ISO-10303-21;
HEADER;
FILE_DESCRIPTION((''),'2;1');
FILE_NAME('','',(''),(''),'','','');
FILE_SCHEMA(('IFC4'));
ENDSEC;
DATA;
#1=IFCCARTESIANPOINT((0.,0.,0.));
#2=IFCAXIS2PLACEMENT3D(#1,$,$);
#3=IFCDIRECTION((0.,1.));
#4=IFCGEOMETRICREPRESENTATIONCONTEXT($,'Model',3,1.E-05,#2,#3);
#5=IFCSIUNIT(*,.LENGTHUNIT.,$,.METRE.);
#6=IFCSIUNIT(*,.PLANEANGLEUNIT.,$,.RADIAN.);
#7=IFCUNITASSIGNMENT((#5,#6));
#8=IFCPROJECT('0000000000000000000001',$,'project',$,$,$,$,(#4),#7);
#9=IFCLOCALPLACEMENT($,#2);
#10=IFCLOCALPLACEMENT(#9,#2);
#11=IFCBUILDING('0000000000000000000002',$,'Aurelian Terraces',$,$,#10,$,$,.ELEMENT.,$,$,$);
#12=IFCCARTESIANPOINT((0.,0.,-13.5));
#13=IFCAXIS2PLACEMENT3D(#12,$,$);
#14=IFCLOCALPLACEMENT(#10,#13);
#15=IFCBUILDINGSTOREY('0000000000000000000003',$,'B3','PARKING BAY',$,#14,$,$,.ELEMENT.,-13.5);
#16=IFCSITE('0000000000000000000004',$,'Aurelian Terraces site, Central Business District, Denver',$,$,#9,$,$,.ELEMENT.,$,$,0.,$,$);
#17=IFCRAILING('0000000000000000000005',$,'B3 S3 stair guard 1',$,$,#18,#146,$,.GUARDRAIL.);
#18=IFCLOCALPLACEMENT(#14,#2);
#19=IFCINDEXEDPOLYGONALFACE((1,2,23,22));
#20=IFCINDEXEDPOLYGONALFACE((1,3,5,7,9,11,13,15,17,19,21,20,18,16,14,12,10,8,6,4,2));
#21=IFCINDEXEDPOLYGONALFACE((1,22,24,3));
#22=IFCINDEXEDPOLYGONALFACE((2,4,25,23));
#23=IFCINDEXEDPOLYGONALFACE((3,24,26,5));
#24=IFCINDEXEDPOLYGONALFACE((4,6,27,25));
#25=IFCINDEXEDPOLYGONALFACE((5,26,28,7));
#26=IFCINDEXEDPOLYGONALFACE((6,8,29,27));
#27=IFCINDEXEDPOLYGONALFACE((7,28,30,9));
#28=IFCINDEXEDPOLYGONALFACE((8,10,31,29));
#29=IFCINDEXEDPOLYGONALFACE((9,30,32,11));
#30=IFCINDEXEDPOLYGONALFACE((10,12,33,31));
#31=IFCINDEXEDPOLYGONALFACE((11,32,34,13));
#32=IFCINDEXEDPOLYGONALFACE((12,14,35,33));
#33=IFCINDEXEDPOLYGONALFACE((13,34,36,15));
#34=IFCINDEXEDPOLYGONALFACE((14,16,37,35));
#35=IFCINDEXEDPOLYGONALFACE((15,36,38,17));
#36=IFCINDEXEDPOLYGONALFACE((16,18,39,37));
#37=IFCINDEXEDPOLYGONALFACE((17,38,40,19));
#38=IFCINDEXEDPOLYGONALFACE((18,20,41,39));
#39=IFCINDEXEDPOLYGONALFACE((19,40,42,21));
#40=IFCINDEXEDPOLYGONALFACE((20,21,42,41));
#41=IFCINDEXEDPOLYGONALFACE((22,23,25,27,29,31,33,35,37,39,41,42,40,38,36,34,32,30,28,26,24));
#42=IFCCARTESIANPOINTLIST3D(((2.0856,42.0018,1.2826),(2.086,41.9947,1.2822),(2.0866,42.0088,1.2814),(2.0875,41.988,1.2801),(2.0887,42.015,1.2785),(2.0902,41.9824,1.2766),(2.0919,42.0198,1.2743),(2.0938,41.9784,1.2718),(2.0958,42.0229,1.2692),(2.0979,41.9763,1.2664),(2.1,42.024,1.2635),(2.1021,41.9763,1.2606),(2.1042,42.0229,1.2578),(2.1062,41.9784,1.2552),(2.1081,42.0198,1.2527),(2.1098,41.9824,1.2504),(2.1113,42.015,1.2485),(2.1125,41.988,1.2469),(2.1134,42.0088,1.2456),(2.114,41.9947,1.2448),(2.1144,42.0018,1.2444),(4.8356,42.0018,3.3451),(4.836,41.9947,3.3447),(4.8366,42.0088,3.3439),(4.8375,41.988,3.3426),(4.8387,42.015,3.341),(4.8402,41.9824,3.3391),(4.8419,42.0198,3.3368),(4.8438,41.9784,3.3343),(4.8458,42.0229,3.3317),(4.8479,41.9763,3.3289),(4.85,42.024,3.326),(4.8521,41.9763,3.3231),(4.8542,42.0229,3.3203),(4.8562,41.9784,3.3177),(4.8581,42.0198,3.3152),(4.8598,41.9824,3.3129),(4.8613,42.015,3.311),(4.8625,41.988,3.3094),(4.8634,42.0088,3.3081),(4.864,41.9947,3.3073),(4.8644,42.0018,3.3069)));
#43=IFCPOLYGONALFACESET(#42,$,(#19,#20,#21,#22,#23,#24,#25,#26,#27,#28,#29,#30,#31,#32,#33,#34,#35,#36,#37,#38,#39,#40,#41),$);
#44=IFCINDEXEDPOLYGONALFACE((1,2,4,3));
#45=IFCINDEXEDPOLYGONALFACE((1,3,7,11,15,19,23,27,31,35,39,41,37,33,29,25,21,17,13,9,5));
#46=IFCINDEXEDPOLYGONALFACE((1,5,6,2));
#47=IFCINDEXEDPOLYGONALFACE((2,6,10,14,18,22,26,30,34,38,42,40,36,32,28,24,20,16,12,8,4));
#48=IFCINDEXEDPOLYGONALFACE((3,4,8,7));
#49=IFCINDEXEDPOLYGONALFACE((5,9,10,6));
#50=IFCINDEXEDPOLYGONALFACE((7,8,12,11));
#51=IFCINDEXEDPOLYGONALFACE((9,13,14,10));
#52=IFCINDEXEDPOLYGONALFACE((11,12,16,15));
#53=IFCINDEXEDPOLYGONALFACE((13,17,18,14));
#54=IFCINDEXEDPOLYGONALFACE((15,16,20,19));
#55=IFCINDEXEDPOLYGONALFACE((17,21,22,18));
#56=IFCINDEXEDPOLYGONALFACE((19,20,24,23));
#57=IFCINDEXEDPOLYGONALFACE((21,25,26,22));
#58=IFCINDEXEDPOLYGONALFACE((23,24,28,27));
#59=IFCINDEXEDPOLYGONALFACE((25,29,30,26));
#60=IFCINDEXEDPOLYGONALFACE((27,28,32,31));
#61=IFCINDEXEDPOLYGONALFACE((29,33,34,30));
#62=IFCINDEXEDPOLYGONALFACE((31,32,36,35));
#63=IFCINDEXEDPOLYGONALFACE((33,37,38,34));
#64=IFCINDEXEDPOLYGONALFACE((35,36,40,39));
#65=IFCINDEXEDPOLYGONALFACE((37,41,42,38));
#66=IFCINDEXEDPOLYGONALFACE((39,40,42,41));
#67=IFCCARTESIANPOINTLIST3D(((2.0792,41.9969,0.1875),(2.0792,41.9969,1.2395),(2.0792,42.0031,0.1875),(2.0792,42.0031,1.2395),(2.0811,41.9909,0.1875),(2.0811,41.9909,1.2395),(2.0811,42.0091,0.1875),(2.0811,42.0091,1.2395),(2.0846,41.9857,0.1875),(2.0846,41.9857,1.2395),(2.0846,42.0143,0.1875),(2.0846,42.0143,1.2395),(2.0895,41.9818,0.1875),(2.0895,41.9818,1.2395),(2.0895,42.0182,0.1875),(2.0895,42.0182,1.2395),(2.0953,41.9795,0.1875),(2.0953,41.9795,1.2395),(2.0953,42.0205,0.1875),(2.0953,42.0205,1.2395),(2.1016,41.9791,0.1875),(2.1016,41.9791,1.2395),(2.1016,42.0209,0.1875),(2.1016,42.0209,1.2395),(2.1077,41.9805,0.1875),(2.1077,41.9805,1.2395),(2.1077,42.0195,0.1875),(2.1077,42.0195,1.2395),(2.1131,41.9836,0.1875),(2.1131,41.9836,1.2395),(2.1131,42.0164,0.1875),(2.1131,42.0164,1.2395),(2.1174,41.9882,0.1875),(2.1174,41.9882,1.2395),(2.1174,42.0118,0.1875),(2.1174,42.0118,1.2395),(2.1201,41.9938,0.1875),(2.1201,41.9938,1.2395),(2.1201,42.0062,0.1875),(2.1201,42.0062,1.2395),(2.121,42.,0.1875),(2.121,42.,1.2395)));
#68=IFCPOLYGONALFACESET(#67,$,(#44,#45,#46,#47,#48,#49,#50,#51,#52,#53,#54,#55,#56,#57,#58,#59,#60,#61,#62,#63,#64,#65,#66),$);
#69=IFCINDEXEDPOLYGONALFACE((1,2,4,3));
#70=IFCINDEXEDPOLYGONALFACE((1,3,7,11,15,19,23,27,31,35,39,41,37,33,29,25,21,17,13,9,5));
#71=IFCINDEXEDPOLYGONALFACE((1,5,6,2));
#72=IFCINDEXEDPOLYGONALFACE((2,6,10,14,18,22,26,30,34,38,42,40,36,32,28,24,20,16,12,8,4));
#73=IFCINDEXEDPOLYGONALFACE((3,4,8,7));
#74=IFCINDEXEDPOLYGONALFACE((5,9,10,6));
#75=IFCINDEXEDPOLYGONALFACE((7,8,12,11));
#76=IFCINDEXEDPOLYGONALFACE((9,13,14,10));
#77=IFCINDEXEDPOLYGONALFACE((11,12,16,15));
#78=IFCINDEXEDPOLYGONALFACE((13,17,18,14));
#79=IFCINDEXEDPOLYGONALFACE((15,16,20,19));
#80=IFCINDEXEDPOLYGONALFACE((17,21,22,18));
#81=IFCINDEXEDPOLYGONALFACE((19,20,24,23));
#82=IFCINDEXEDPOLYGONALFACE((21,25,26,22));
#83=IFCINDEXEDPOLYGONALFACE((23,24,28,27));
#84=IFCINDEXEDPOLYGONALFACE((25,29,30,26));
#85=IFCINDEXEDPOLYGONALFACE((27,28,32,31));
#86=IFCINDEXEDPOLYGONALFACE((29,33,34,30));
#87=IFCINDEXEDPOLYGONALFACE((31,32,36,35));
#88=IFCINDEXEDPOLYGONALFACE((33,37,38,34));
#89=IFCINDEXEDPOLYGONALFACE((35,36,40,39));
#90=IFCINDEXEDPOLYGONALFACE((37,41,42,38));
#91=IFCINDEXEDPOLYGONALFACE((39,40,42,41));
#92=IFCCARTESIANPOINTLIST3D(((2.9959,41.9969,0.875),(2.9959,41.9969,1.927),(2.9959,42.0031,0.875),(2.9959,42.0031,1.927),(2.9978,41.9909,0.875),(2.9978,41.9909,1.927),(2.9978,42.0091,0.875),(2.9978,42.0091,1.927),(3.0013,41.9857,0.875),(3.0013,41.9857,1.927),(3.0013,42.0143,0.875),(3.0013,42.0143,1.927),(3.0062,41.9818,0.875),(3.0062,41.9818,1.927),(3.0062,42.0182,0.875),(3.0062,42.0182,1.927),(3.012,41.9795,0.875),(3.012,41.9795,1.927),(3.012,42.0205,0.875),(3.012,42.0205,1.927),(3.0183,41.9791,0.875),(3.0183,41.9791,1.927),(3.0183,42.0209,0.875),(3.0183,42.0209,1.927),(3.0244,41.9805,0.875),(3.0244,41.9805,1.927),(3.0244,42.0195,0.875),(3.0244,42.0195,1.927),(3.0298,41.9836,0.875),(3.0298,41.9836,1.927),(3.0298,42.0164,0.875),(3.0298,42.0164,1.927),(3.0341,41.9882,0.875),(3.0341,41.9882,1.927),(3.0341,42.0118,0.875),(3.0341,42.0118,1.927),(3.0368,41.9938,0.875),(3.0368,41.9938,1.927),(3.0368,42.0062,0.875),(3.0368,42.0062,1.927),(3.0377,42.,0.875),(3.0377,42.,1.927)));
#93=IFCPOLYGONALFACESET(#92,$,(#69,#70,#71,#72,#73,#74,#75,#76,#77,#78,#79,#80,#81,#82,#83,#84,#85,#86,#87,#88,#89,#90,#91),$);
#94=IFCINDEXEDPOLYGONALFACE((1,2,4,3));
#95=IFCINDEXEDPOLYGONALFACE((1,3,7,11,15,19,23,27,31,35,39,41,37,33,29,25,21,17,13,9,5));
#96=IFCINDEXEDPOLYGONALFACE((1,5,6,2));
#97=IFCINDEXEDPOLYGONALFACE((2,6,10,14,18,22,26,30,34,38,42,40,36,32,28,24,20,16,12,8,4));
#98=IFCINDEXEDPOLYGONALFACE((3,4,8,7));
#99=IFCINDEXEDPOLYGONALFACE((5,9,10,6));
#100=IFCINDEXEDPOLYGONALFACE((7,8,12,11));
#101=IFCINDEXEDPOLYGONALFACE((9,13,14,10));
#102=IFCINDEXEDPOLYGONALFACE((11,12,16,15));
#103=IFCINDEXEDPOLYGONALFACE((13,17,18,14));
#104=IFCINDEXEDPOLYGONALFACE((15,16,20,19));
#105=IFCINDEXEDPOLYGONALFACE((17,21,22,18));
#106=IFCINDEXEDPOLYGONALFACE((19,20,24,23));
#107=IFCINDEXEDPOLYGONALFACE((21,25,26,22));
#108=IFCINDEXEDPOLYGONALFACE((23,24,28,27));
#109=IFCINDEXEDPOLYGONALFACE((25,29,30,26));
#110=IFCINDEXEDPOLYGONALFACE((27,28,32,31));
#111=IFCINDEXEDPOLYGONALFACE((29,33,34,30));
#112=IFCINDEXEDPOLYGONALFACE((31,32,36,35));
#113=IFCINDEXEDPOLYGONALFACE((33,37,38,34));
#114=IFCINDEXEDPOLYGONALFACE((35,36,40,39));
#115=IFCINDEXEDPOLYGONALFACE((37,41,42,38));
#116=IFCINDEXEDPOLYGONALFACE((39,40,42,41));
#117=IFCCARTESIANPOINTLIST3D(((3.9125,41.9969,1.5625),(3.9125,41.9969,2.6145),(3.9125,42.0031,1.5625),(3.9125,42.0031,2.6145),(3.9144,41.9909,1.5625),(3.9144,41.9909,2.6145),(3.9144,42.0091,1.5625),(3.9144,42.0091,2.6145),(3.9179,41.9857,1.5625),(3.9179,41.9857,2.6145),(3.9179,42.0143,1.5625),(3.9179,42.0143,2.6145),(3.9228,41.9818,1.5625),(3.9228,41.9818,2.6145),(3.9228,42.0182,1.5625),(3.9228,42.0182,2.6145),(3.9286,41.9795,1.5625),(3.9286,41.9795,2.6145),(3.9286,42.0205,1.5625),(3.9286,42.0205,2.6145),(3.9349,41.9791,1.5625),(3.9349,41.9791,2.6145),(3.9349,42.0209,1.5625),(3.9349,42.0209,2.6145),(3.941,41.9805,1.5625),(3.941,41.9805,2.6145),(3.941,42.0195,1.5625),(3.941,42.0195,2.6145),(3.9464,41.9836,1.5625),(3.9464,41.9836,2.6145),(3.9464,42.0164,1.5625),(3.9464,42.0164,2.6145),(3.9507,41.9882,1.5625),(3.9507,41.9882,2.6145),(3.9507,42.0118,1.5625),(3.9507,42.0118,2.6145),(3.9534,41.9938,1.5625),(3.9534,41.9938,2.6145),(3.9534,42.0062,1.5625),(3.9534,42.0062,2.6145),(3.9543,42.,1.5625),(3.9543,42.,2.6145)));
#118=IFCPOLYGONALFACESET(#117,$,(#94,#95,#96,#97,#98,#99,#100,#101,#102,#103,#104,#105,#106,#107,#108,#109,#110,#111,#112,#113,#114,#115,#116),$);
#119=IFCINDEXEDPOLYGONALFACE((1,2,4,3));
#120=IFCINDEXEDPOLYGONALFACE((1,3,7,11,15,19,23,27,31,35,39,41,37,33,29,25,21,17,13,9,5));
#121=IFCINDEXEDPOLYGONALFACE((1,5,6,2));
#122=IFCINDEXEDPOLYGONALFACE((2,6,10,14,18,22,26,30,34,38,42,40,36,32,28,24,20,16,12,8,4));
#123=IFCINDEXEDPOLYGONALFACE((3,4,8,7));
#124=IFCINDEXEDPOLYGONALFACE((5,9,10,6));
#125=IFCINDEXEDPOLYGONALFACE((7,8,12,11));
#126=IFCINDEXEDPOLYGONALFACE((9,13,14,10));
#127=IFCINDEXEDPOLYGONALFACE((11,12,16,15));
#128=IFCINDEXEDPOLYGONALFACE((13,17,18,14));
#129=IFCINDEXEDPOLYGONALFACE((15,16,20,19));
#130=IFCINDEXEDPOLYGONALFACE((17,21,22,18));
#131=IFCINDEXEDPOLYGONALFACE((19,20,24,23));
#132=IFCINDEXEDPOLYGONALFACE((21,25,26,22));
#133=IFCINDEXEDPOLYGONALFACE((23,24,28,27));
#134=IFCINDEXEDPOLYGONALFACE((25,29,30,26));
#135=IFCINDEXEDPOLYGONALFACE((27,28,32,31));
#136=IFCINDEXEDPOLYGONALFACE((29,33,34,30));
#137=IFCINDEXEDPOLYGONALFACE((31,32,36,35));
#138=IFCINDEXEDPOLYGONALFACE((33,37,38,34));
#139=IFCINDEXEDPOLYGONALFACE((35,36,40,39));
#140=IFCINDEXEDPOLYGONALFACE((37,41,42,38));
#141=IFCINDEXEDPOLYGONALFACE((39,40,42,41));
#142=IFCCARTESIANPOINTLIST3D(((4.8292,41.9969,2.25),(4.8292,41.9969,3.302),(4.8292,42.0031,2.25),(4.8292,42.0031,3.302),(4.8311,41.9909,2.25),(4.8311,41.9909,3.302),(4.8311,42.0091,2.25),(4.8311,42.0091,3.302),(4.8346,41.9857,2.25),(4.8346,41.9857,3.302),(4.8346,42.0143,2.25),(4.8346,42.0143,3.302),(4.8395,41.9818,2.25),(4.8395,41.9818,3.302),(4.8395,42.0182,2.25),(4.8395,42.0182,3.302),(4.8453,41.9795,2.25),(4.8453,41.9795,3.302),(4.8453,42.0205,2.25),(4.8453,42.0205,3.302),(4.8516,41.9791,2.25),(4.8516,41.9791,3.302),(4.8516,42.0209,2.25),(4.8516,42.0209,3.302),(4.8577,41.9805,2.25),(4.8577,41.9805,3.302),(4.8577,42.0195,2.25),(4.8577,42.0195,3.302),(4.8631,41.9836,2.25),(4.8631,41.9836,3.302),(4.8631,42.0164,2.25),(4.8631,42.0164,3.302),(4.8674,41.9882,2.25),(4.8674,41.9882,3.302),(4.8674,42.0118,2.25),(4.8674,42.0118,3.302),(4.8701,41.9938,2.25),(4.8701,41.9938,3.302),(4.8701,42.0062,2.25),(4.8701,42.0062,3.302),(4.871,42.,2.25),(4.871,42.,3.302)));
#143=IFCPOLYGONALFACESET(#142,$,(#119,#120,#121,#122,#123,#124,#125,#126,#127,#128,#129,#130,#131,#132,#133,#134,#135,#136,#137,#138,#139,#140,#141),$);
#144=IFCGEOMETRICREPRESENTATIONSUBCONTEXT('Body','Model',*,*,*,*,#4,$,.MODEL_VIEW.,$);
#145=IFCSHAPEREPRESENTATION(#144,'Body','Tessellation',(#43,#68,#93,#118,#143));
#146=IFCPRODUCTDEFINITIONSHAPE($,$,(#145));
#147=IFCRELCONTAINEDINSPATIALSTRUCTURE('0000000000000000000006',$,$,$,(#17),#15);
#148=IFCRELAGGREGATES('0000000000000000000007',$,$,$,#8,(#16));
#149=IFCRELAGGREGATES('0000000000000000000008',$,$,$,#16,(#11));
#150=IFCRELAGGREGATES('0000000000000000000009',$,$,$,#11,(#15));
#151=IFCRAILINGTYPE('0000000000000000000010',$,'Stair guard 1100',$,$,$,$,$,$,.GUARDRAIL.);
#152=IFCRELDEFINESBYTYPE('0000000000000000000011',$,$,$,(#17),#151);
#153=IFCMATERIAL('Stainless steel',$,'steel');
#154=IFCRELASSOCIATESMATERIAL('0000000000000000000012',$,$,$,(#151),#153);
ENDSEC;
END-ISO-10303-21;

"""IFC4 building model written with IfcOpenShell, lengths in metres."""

from ifc_helpers import new_model, si_unit, direction, frame, origin, origin_2d, place, context, subcontext, project, spatial, circle, extrude, material, type_object, element, save


model = new_model("IFC4")

# Units and contexts
model_context = context("Model", 3, precision=1e-05, world=origin(), true_north=direction((0.0, 1.0)))
body_context = subcontext(model_context, "Body", "Model", "MODEL_VIEW")
ifc_project = project(units=[si_unit("LENGTHUNIT", "METRE"), si_unit("PLANEANGLEUNIT", "RADIAN")], contexts=[model_context])

# Site, building, storey
site_placement = place(None, origin())
site = spatial("IfcSite", under=ifc_project, at=site_placement, Name="Aurelian Terraces site, Central Business District, Denver", CompositionType="ELEMENT", RefElevation=0.0)
building_placement = place(site_placement, origin())
building = spatial("IfcBuilding", under=site, at=building_placement, Name="Aurelian Terraces", CompositionType="ELEMENT")
storey_placement = place(building_placement, frame((0.0, 0.0, -13.5)))
storey = spatial("IfcBuildingStorey", under=building, at=storey_placement, Name="B3", Description="PARKING BAY", CompositionType="ELEMENT", Elevation=-13.5)

# Railing
ifc_material_1 = material(Name="Stainless steel", Category="steel")
railing_type_1 = type_object("IfcRailingType", Name="Stair guard 1100", PredefinedType="GUARDRAIL", material=ifc_material_1)
railing_1_placement = place(storey_placement, frame((2.1, 42.0, 0.1875)))
element("IfcRailing", 1, at=railing_1_placement, inside=storey, type_object=railing_type_1, Name="B3 S3 stair guard 1", PredefinedType="GUARDRAIL", context=body_context, shape_type="SweptSolid", body=[
    extrude(circle(Radius=0.024, at=origin_2d()), frame((0.0, 0.0, 1.076), z_axis=(0.8, 0.0, 0.6), x_axis=(0.0, 1.0, 0.0)), (0.0, 0.0, 1.0), 3.4375),
    extrude(circle(Radius=0.021, at=origin_2d()), origin(), (0.0, 0.0, 1.0), 1.052),
    extrude(circle(Radius=0.021, at=origin_2d()), frame((0.9167, 0.0, 0.6875)), (0.0, 0.0, 1.0), 1.052),
    extrude(circle(Radius=0.021, at=origin_2d()), frame((1.8333, 0.0, 1.375)), (0.0, 0.0, 1.0), 1.052),
    extrude(circle(Radius=0.021, at=origin_2d()), frame((2.75, 0.0, 2.0625)), (0.0, 0.0, 1.0), 1.052),
])

save(model, "model.ifc")
